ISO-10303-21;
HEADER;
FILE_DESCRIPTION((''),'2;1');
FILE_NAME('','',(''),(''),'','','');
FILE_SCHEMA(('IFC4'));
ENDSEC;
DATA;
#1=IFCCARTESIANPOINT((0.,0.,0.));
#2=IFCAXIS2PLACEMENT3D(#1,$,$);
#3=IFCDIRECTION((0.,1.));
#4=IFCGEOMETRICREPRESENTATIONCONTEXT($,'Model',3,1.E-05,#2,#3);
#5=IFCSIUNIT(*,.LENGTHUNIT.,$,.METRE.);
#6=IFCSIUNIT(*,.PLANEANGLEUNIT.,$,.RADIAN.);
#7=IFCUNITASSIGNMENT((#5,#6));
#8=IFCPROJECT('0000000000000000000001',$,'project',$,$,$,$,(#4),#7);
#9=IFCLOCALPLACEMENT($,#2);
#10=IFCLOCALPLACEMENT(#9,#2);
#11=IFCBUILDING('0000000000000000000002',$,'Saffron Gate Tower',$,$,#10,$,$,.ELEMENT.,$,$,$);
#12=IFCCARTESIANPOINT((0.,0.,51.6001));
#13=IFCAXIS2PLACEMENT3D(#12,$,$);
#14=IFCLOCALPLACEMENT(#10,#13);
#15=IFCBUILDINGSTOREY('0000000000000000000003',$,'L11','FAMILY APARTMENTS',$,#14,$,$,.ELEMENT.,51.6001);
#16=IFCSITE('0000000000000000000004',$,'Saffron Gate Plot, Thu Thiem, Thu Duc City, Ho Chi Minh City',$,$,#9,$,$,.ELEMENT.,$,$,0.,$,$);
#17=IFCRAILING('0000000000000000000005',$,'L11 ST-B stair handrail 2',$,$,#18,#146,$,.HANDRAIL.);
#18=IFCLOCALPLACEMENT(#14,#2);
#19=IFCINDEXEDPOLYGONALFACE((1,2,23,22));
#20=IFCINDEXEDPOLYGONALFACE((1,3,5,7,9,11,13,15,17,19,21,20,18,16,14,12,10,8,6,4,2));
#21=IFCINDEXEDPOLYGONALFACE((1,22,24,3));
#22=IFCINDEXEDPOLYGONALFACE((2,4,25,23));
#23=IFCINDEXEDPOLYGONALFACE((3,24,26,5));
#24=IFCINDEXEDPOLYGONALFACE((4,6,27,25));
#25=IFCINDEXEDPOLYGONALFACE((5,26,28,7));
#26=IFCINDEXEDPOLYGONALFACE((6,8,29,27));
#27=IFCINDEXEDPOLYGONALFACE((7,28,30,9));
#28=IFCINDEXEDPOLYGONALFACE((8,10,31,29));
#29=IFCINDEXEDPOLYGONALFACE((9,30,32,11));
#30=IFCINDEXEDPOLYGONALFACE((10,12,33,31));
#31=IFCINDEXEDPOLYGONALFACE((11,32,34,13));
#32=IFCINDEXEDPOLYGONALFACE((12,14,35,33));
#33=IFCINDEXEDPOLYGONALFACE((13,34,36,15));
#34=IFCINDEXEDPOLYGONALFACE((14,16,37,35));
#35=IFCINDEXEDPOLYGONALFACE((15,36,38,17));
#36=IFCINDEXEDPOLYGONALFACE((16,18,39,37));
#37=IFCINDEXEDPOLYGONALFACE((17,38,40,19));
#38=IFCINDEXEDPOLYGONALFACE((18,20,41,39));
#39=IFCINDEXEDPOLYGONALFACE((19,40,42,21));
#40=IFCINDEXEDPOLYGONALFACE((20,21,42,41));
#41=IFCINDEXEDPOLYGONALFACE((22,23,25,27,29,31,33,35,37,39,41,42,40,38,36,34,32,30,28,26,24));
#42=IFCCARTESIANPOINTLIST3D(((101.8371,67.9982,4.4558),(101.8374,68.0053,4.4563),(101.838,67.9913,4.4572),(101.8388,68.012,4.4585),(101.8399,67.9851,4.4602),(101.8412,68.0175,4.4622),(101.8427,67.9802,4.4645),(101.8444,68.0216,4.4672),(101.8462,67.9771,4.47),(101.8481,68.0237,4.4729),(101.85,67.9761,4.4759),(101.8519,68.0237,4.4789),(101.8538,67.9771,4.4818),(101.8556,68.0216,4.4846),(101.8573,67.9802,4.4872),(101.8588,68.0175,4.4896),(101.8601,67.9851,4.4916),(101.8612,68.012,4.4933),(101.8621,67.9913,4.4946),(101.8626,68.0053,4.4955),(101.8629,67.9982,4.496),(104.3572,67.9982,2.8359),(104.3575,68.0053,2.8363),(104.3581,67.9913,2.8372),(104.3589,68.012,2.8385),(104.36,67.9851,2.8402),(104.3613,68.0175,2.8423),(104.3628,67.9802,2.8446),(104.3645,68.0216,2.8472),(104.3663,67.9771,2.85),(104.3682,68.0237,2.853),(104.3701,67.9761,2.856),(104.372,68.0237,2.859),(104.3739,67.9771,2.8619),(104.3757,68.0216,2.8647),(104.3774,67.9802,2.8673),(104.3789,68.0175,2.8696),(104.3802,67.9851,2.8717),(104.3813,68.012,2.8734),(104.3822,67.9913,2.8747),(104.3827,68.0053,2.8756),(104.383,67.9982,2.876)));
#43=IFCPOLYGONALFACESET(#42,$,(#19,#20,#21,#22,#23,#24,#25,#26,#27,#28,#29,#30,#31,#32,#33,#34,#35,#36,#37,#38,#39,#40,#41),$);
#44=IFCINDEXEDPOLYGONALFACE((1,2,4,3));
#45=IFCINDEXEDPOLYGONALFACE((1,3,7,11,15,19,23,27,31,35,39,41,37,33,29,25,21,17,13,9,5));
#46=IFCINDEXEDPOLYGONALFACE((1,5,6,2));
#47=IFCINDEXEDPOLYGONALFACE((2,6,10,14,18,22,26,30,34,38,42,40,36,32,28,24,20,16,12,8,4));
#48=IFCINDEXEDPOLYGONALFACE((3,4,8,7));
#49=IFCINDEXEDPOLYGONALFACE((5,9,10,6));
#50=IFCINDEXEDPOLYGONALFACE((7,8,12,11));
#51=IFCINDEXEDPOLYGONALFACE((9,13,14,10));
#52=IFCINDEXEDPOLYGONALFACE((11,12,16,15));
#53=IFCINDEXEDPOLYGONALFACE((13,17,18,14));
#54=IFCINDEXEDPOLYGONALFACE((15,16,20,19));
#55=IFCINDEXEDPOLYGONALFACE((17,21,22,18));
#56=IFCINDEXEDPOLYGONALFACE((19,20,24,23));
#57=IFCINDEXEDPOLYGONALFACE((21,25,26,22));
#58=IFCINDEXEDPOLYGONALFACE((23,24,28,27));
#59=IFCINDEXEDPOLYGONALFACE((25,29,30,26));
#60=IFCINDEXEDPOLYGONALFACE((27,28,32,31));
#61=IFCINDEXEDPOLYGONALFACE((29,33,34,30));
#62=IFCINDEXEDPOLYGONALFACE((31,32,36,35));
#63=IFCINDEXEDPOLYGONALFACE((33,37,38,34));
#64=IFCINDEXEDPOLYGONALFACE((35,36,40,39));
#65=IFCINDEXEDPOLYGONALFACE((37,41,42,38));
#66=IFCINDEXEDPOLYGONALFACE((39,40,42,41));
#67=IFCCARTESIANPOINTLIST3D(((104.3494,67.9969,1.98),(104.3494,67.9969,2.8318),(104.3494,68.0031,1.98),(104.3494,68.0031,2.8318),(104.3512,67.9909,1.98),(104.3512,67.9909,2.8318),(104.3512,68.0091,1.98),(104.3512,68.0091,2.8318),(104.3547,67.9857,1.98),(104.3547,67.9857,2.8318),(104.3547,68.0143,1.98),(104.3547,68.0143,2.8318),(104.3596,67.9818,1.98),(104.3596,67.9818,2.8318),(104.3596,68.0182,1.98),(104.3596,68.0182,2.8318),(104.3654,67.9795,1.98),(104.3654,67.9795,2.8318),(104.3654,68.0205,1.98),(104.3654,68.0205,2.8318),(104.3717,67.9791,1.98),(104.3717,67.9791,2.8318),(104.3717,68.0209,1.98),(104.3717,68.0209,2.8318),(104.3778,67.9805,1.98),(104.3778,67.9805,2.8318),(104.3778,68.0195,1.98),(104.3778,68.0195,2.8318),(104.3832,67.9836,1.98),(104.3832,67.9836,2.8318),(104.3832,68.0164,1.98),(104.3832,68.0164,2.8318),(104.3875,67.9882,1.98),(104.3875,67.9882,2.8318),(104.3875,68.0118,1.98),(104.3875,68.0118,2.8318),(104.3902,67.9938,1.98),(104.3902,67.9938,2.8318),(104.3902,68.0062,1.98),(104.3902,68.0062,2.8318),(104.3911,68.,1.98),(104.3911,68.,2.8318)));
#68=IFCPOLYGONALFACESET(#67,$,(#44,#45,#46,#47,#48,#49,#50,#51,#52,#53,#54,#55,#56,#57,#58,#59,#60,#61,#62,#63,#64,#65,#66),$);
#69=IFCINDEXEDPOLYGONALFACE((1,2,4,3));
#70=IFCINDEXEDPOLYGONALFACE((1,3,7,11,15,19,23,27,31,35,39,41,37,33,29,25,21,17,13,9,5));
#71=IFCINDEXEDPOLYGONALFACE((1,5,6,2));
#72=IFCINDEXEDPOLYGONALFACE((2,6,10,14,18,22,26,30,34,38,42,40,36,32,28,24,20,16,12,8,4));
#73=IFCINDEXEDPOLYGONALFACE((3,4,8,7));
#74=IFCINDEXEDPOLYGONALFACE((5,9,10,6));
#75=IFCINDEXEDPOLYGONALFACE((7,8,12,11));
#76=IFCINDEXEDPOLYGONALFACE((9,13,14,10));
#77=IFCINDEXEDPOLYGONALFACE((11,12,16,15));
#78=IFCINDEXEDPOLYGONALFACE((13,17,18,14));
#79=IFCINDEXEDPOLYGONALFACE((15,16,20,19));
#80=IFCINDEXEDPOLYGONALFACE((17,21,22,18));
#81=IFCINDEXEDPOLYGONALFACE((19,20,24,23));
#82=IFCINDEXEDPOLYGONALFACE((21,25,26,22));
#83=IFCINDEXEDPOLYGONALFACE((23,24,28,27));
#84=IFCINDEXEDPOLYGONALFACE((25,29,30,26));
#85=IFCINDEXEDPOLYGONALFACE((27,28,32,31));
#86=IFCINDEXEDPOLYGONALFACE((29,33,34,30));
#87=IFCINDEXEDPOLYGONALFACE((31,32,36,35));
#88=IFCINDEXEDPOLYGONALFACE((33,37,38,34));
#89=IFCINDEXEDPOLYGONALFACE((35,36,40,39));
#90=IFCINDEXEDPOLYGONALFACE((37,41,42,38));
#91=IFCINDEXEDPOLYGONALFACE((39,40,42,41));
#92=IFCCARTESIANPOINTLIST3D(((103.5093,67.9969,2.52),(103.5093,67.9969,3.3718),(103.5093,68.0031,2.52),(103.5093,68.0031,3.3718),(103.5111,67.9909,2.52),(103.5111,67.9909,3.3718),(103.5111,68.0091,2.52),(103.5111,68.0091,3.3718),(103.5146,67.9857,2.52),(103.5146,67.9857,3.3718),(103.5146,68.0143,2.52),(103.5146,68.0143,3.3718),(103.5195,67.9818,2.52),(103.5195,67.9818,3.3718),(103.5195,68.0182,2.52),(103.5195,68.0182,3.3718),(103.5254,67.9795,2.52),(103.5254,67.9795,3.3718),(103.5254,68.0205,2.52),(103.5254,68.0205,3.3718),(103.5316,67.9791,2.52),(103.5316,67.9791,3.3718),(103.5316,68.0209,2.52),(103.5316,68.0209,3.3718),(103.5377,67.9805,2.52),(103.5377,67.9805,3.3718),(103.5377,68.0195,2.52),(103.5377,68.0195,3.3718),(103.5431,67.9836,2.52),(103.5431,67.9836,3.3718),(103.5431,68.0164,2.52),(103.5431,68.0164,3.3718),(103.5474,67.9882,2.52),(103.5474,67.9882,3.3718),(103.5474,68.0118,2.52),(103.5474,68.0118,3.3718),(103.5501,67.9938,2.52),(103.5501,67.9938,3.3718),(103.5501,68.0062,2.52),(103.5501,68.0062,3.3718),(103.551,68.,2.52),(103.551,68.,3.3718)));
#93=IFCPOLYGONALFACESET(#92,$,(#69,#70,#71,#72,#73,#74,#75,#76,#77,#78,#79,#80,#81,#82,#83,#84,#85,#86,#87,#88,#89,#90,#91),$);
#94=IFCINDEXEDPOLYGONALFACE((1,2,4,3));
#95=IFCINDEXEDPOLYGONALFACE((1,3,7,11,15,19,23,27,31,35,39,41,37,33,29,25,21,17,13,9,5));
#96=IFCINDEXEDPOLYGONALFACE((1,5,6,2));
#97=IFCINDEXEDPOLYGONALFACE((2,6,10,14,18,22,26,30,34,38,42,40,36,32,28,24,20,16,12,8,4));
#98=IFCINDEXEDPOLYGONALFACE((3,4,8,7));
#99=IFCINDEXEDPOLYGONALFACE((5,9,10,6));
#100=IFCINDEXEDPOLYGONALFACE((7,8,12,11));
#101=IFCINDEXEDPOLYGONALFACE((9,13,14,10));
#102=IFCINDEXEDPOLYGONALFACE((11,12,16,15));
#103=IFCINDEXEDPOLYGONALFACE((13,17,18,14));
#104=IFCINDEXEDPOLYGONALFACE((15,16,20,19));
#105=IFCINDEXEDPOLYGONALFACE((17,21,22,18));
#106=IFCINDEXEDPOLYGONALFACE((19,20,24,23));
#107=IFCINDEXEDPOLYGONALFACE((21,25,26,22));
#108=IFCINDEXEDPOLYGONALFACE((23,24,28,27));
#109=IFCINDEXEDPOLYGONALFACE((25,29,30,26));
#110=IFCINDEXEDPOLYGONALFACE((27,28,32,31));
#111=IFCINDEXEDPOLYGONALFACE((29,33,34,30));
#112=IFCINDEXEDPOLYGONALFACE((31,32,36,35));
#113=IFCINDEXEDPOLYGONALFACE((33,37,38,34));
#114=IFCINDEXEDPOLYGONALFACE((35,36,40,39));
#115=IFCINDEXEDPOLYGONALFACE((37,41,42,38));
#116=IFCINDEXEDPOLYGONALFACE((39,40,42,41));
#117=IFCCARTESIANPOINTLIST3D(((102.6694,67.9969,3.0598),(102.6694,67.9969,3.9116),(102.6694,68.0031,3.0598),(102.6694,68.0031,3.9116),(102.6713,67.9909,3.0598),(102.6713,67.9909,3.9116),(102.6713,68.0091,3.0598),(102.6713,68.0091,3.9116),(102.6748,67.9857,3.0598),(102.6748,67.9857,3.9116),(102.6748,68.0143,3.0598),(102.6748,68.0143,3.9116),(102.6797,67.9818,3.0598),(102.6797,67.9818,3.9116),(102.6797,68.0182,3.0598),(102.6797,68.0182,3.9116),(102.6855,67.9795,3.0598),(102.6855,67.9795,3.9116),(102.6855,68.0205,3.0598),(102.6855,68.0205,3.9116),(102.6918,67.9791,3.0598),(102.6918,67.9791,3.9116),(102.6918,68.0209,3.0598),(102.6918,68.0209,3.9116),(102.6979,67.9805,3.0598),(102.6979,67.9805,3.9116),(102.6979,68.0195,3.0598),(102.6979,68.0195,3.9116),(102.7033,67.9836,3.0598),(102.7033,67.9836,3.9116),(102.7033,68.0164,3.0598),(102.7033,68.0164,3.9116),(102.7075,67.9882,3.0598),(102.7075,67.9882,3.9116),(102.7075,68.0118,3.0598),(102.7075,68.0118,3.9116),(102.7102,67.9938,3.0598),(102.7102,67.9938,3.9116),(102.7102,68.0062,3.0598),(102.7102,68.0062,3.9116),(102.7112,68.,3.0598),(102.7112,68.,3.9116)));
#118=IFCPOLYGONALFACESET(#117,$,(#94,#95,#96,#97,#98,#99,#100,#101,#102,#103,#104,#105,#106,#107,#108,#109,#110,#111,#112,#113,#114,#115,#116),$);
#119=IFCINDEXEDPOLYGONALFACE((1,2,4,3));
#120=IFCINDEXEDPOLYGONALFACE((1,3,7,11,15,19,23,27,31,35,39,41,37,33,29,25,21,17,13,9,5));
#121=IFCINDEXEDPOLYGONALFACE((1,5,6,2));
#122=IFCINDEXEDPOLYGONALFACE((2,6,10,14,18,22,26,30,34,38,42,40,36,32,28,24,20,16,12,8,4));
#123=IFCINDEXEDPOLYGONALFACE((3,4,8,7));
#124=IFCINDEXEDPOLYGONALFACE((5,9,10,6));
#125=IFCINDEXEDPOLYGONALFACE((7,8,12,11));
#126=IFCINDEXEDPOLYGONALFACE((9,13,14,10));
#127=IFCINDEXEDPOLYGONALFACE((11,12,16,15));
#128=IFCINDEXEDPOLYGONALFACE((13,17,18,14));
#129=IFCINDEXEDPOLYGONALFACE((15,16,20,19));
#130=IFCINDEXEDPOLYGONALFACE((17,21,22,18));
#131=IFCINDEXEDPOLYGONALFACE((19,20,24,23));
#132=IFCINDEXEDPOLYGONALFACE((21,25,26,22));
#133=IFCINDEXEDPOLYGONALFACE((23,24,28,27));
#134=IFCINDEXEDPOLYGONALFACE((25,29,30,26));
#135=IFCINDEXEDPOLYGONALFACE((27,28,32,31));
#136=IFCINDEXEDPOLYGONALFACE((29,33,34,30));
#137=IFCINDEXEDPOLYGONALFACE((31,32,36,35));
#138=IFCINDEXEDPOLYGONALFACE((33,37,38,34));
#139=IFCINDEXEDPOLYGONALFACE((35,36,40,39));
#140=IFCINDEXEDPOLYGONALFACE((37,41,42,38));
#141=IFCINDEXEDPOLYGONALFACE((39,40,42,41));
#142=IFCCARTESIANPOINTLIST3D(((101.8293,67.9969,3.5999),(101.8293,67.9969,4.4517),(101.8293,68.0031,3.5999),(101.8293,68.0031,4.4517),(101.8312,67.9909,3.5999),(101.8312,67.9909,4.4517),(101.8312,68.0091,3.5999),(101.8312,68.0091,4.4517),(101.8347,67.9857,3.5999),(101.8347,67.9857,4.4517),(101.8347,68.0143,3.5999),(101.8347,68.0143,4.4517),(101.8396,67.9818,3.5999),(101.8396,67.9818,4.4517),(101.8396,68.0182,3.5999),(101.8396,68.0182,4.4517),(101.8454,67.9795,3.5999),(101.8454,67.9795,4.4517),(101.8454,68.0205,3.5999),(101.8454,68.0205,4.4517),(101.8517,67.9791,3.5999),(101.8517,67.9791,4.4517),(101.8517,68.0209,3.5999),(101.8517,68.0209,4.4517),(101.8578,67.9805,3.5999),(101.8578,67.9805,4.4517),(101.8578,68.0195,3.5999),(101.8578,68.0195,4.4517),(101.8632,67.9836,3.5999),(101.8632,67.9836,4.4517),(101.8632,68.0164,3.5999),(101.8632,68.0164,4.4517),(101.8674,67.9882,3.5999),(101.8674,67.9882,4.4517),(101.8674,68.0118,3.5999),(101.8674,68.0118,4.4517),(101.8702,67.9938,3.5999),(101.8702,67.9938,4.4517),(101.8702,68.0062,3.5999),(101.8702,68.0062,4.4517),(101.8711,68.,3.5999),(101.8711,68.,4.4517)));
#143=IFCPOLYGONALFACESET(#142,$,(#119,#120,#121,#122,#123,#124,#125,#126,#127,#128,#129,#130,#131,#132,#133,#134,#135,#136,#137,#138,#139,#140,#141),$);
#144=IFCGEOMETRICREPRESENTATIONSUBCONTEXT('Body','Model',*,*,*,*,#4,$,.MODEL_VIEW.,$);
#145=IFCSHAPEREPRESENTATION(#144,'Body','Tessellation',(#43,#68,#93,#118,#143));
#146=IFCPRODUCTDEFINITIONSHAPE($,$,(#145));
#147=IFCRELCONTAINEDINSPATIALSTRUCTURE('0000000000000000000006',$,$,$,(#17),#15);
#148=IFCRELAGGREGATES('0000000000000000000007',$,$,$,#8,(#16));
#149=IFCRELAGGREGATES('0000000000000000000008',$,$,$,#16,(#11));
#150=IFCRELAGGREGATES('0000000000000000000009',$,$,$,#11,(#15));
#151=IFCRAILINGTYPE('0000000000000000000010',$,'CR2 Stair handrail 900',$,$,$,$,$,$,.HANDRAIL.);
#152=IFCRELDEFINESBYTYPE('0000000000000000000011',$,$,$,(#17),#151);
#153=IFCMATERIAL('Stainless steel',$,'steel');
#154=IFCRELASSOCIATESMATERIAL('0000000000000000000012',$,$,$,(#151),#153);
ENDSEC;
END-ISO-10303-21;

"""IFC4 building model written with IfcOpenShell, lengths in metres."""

from ifc_helpers import new_model, si_unit, direction, frame, origin, origin_2d, place, context, subcontext, project, spatial, circle, extrude, material, type_object, element, save


model = new_model("IFC4")

# Units and contexts
model_context = context("Model", 3, precision=1e-05, world=origin(), true_north=direction((0.0, 1.0)))
body_context = subcontext(model_context, "Body", "Model", "MODEL_VIEW")
ifc_project = project(units=[si_unit("LENGTHUNIT", "METRE"), si_unit("PLANEANGLEUNIT", "RADIAN")], contexts=[model_context])

# Site, building, storey
site_placement = place(None, origin())
site = spatial("IfcSite", under=ifc_project, at=site_placement, Name="Saffron Gate Plot, Thu Thiem, Thu Duc City, Ho Chi Minh City", CompositionType="ELEMENT", RefElevation=0.0)
building_placement = place(site_placement, origin())
building = spatial("IfcBuilding", under=site, at=building_placement, Name="Saffron Gate Tower", CompositionType="ELEMENT")
storey_placement = place(building_placement, frame((0.0, 0.0, 51.6001)))
storey = spatial("IfcBuildingStorey", under=building, at=storey_placement, Name="L11", Description="FAMILY APARTMENTS", CompositionType="ELEMENT", Elevation=51.6001)

# Railing
ifc_material_1 = material(Name="Stainless steel", Category="steel")
railing_type_1 = type_object("IfcRailingType", Name="CR2 Stair handrail 900", PredefinedType="HANDRAIL", material=ifc_material_1)
railing_1_placement = place(storey_placement, frame((104.3701, 68.0, 1.98)))
element("IfcRailing", 1, at=railing_1_placement, inside=storey, type_object=railing_type_1, Name="L11 ST-B stair handrail 2", PredefinedType="HANDRAIL", context=body_context, shape_type="SweptSolid", body=[
    extrude(circle(Radius=0.0239, at=origin_2d()), frame((0.0, 0.0, 0.876), z_axis=(-0.8412, 0.0, 0.540725), x_axis=(0.0, -1.0, 0.0)), (0.0, 0.0, 1.0), 2.9958),
    extrude(circle(Radius=0.021, at=origin_2d()), origin(), (0.0, 0.0, 1.0), 0.8518),
    extrude(circle(Radius=0.021, at=origin_2d()), frame((-0.8401, 0.0, 0.54)), (0.0, 0.0, 1.0), 0.8518),
    extrude(circle(Radius=0.021, at=origin_2d()), frame((-1.6799, 0.0, 1.0798)), (0.0, 0.0, 1.0), 0.8518),
    extrude(circle(Radius=0.021, at=origin_2d()), frame((-2.52, 0.0, 1.6199)), (0.0, 0.0, 1.0), 0.8518),
])

save(model, "model.ifc")
